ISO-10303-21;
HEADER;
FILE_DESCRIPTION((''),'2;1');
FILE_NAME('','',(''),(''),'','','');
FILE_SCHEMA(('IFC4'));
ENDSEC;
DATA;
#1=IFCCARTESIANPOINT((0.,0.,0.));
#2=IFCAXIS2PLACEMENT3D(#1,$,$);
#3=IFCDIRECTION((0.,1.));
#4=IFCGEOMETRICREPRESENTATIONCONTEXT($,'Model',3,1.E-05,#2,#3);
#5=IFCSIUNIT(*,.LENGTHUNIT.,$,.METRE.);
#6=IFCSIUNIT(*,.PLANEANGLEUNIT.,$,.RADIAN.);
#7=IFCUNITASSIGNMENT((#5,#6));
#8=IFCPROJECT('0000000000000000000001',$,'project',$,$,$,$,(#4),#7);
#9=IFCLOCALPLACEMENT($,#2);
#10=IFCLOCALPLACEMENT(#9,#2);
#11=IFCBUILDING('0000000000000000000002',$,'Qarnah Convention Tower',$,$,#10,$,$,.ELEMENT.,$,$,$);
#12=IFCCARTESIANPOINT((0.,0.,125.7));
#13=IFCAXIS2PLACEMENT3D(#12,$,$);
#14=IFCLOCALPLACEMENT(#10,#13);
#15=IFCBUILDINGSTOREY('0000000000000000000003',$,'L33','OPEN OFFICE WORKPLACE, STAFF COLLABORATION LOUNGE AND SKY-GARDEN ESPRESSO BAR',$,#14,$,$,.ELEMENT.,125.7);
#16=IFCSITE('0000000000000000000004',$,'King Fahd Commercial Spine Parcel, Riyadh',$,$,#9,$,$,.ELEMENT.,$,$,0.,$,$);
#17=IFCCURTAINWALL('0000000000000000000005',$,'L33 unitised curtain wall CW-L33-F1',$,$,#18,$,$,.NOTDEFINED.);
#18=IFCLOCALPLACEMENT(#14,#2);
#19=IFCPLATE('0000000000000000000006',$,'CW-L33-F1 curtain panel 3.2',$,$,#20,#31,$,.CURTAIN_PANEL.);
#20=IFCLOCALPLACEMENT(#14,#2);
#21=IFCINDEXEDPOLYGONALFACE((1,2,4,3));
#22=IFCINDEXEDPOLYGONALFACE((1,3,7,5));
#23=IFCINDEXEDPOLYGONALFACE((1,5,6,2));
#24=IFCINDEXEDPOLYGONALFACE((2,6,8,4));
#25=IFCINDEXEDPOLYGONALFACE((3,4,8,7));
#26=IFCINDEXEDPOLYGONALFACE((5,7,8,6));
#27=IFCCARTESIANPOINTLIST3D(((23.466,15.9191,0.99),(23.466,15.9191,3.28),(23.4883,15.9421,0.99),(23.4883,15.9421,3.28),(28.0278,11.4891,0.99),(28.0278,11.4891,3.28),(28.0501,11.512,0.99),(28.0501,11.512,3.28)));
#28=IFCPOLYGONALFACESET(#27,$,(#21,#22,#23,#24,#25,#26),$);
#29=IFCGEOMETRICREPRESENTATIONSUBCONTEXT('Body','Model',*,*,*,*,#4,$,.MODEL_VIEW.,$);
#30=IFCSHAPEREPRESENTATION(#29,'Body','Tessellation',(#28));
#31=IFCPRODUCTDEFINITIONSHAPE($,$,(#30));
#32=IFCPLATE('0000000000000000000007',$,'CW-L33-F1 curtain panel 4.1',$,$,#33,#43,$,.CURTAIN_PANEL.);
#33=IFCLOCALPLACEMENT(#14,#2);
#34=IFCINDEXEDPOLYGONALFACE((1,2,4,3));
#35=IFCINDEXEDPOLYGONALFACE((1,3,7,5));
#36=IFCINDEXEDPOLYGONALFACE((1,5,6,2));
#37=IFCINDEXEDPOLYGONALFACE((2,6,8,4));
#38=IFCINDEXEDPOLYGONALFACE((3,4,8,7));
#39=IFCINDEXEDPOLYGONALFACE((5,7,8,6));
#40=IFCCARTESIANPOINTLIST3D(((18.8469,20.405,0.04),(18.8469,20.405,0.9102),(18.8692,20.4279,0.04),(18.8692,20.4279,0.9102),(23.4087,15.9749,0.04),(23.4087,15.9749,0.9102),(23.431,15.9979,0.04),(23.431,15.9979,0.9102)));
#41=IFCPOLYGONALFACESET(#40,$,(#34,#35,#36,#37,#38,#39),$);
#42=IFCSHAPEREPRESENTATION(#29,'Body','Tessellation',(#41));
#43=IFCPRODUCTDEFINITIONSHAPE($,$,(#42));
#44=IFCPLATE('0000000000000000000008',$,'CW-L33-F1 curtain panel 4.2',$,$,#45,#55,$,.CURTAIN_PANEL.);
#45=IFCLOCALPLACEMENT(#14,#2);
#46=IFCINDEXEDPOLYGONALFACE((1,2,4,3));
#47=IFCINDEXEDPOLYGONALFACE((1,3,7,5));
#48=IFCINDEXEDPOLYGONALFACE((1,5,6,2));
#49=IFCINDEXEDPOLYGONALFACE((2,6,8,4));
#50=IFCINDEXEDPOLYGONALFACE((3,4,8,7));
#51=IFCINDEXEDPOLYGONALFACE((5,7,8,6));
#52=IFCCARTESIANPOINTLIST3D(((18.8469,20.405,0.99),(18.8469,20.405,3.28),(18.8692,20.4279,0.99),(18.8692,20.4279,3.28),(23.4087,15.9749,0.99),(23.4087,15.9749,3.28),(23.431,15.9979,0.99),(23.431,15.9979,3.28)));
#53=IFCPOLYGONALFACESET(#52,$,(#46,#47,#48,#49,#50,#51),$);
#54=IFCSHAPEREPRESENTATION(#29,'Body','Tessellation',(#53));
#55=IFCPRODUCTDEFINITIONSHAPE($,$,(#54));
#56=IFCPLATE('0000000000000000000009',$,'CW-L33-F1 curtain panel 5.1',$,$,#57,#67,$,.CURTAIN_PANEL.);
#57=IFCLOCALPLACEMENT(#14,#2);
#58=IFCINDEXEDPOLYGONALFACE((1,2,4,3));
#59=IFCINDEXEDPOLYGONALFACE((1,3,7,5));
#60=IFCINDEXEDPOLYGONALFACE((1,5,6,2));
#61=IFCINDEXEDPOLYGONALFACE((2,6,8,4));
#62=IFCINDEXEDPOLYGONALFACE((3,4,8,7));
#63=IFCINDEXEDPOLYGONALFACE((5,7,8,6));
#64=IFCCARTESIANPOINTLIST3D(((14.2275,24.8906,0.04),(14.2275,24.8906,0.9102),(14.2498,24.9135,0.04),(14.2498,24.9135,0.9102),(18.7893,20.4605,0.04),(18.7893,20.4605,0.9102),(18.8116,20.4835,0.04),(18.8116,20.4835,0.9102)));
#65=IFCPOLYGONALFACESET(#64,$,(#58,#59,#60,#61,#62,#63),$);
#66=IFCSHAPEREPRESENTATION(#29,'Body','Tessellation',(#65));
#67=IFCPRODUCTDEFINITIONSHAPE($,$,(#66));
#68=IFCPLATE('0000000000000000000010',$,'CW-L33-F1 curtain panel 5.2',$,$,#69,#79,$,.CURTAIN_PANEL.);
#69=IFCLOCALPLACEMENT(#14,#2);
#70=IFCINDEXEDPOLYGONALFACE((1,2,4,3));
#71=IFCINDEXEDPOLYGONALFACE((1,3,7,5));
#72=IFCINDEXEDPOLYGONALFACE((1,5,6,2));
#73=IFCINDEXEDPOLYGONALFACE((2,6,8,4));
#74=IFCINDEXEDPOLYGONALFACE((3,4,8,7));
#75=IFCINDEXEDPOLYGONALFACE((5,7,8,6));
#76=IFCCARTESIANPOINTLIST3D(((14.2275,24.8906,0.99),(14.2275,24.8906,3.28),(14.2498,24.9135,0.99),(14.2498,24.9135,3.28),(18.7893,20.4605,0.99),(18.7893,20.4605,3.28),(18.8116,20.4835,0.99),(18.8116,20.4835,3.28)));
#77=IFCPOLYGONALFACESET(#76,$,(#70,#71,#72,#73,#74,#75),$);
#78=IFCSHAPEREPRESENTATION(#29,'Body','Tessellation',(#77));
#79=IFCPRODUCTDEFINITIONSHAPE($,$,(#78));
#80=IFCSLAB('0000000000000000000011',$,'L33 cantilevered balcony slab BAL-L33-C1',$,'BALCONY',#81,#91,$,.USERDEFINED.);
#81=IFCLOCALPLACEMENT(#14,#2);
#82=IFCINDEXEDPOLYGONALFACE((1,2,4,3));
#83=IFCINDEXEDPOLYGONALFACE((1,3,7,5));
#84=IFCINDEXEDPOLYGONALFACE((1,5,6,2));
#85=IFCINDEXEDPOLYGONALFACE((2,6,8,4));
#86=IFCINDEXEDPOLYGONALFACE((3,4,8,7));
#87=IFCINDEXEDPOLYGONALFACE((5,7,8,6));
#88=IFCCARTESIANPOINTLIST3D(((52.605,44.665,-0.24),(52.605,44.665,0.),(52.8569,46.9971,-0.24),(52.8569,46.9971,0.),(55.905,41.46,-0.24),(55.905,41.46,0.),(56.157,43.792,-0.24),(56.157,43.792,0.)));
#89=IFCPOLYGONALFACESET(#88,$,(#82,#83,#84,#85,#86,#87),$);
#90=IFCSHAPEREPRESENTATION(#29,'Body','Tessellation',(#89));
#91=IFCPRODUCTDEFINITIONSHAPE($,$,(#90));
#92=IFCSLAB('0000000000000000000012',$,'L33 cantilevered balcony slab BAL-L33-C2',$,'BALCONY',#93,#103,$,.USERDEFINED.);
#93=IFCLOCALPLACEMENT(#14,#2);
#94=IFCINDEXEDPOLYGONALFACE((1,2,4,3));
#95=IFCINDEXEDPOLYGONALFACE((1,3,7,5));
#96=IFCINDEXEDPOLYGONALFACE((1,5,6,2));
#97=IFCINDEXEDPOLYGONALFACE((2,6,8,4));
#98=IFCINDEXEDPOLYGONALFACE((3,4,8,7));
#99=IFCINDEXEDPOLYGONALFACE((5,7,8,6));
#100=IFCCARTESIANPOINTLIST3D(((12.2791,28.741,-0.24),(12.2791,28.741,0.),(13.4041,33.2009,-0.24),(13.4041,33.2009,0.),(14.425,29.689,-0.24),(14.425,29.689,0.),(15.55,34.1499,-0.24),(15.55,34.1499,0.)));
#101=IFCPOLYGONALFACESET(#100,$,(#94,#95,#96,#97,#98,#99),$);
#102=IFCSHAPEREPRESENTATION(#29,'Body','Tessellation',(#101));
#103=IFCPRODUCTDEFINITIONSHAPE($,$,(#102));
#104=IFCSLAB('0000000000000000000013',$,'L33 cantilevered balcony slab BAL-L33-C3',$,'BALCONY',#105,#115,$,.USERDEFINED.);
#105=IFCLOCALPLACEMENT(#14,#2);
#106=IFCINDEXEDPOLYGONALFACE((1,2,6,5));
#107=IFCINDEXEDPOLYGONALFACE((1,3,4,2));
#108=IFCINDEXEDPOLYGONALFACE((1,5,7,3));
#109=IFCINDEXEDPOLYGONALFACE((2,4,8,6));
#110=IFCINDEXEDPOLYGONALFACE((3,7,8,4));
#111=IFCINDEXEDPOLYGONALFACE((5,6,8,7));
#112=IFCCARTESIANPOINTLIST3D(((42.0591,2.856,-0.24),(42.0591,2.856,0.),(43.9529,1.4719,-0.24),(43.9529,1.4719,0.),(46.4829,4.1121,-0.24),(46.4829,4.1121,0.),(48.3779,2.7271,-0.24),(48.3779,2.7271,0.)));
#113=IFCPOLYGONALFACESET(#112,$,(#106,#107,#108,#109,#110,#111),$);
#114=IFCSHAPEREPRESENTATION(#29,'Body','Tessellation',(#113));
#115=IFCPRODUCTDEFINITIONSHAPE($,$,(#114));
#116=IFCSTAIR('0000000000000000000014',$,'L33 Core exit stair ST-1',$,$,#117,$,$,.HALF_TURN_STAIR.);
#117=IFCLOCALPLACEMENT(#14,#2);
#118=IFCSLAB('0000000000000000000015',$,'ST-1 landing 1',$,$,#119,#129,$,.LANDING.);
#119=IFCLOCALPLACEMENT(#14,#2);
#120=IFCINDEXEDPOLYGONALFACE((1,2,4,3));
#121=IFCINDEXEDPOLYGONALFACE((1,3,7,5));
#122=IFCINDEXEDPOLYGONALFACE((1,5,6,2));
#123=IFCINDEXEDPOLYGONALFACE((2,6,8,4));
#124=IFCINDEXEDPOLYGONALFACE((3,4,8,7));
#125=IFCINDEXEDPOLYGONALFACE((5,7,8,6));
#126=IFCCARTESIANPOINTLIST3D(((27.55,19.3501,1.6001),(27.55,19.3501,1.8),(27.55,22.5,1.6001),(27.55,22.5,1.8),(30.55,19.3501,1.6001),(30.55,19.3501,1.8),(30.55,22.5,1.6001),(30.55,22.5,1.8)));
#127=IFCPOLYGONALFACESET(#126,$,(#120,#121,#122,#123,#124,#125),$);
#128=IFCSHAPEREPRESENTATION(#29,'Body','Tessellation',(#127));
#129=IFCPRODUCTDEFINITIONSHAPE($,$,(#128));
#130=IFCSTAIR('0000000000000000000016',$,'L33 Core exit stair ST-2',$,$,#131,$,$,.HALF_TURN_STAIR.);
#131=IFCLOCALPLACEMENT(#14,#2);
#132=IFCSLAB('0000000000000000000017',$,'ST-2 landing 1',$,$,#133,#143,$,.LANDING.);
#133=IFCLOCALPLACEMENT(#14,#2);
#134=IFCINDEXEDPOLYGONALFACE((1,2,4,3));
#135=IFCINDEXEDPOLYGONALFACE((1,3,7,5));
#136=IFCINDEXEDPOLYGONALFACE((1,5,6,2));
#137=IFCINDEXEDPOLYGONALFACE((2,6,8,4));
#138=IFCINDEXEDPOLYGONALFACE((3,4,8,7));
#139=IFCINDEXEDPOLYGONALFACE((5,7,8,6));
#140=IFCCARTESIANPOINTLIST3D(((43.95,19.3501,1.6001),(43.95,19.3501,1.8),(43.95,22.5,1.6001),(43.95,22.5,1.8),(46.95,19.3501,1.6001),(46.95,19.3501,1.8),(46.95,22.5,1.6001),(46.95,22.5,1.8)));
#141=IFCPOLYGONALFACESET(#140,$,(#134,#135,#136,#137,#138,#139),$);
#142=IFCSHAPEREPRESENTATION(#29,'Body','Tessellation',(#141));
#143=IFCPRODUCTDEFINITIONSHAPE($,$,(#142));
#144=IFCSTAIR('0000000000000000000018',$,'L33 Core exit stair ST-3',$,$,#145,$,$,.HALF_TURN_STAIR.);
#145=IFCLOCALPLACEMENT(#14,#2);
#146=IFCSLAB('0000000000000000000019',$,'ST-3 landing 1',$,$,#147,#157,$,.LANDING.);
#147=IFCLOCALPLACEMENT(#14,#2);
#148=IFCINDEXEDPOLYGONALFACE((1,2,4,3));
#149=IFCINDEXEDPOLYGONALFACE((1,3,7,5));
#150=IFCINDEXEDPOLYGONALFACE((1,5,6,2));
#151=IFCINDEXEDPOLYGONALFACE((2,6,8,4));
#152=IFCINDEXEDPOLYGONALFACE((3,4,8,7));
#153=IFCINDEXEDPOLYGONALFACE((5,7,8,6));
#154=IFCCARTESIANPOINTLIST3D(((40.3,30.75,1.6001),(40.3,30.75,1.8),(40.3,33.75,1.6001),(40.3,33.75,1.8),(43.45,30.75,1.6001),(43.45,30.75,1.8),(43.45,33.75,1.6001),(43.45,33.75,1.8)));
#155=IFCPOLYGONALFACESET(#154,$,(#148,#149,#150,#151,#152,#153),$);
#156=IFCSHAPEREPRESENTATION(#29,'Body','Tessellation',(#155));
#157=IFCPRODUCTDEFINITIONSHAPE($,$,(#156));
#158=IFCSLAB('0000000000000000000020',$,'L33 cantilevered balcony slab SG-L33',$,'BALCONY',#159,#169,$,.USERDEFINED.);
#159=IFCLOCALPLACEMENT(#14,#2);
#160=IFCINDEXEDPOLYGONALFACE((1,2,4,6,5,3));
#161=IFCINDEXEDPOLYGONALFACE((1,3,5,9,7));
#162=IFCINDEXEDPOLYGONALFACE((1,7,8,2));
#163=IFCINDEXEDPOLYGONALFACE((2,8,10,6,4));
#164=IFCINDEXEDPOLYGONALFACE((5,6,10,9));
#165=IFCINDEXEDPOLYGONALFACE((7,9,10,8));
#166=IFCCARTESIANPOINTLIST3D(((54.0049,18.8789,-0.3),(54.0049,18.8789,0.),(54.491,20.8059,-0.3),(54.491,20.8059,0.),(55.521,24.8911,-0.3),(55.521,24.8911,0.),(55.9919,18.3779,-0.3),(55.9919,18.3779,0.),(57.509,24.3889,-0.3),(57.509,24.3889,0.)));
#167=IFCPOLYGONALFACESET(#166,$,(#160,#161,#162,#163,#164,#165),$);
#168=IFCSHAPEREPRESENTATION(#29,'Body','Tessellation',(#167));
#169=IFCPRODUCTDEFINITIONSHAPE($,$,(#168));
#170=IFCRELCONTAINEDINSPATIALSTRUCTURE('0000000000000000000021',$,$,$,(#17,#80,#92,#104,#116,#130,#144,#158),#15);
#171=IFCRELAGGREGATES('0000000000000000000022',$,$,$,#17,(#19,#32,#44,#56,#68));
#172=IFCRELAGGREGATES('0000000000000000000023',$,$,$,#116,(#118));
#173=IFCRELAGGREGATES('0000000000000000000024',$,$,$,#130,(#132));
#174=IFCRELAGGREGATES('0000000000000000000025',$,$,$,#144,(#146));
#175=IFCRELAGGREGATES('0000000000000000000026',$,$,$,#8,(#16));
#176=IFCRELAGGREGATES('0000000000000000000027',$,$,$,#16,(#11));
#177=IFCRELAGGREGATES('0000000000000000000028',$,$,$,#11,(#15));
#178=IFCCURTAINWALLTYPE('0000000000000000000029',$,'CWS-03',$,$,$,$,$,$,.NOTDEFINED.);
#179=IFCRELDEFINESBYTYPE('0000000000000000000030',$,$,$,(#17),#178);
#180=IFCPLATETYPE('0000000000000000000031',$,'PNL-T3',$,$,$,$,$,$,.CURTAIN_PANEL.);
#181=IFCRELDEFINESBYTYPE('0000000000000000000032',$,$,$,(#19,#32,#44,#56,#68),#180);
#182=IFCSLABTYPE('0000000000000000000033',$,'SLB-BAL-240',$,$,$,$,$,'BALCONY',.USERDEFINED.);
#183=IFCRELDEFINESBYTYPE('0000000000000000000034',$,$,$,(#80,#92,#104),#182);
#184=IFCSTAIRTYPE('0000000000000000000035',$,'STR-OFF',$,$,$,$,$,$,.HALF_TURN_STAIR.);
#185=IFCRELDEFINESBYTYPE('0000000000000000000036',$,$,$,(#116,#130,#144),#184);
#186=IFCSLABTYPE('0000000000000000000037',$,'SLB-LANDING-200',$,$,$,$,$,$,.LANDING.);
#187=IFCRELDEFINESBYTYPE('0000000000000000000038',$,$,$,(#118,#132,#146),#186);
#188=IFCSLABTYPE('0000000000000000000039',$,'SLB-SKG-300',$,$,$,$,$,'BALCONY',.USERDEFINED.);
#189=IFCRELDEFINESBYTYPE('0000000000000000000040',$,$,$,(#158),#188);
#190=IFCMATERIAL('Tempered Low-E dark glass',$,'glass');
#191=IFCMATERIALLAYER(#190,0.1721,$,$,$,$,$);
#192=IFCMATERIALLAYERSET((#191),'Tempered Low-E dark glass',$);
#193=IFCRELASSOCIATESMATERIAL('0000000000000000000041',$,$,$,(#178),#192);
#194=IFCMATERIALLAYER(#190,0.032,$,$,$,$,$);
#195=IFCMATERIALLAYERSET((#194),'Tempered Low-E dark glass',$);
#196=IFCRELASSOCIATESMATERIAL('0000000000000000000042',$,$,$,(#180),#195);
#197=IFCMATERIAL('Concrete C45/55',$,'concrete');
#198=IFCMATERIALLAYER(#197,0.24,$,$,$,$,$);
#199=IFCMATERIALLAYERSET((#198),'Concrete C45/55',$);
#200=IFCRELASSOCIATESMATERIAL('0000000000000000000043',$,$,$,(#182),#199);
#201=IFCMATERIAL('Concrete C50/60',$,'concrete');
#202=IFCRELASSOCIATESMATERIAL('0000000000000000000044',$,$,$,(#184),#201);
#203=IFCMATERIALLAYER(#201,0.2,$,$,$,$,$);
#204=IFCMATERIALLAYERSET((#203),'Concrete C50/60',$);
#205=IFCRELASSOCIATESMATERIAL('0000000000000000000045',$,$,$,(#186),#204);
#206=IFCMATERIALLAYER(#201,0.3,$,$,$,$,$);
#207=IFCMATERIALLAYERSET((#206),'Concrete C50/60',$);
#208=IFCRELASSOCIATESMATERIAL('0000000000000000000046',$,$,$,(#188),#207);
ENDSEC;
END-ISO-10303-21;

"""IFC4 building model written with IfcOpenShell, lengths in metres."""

from ifc_helpers import new_model, si_unit, direction, frame, origin, origin_2d, place, context, subcontext, project, spatial, polyline, rectangle, outline, extrude, material, layer, layer_set, type_object, element, aggregate, save


model = new_model("IFC4")

# Units and contexts
model_context = context("Model", 3, precision=1e-05, world=origin(), true_north=direction((0.0, 1.0)))
body_context = subcontext(model_context, "Body", "Model", "MODEL_VIEW")
ifc_project = project(units=[si_unit("LENGTHUNIT", "METRE"), si_unit("PLANEANGLEUNIT", "RADIAN")], contexts=[model_context])

# Site, building, storey
site_placement = place(None, origin())
site = spatial("IfcSite", under=ifc_project, at=site_placement, Name="King Fahd Commercial Spine Parcel, Riyadh", CompositionType="ELEMENT", RefElevation=0.0)
building_placement = place(site_placement, origin())
building = spatial("IfcBuilding", under=site, at=building_placement, Name="Qarnah Convention Tower", CompositionType="ELEMENT")
storey_placement = place(building_placement, frame((0.0, 0.0, 125.7)))
storey = spatial("IfcBuildingStorey", under=building, at=storey_placement, Name="L33", Description="OPEN OFFICE WORKPLACE, STAFF COLLABORATION LOUNGE AND SKY-GARDEN ESPRESSO BAR", CompositionType="ELEMENT", Elevation=125.7)

# Curtain wall, plates
ifc_material_1 = material(Name="Tempered Low-E dark glass", Category="glass")
ifc_layer_1 = layer(ifc_material_1, 0.1721)
ifc_layer_set_1 = layer_set([ifc_layer_1], Name="Tempered Low-E dark glass")
curtain_wall_type = type_object("IfcCurtainWallType", Name="CWS-03", PredefinedType="NOTDEFINED", material=ifc_layer_set_1)
curtain_wall_placement = place(storey_placement, origin())
curtain_wall = element("IfcCurtainWall", 1, at=curtain_wall_placement, inside=storey, type_object=curtain_wall_type, Name="L33 unitised curtain wall CW-L33-F1", PredefinedType="NOTDEFINED")
ifc_layer_2 = layer(ifc_material_1, 0.032)
ifc_layer_set_2 = layer_set([ifc_layer_2], Name="Tempered Low-E dark glass")
plate_type = type_object("IfcPlateType", Name="PNL-T3", PredefinedType="CURTAIN_PANEL", material=ifc_layer_set_2)
plate_1_placement = place(storey_placement, frame((25.7581, 13.7156, 0.99), z_axis=(0.0, 0.0, 1.0), x_axis=(-0.71739, 0.696672, 0.0)))
plate_1 = element("IfcPlate", 2, at=plate_1_placement, type_object=plate_type, Name="CW-L33-F1 curtain panel 3.2", PredefinedType="CURTAIN_PANEL", context=body_context, shape_type="SweptSolid", body=[
    extrude(rectangle(XDim=6.3589, YDim=0.032, at=origin_2d()), origin(), (0.0, 0.0, 1.0), 2.29),
])
plate_2_placement = place(storey_placement, frame((21.1389, 18.2014, 0.04), z_axis=(0.0, 0.0, 1.0), x_axis=(-0.71739, 0.696672, 0.0)))
plate_2 = element("IfcPlate", 3, at=plate_2_placement, type_object=plate_type, Name="CW-L33-F1 curtain panel 4.1", PredefinedType="CURTAIN_PANEL", context=body_context, shape_type="SweptSolid", body=[
    extrude(rectangle(XDim=6.3589, YDim=0.032, at=origin_2d()), origin(), (0.0, 0.0, 1.0), 0.8701),
])
plate_3_placement = place(storey_placement, frame((21.1389, 18.2014, 0.99), z_axis=(0.0, 0.0, 1.0), x_axis=(-0.71739, 0.696672, 0.0)))
plate_3 = element("IfcPlate", 4, at=plate_3_placement, type_object=plate_type, Name="CW-L33-F1 curtain panel 4.2", PredefinedType="CURTAIN_PANEL", context=body_context, shape_type="SweptSolid", body=[
    extrude(rectangle(XDim=6.3589, YDim=0.032, at=origin_2d()), origin(), (0.0, 0.0, 1.0), 2.29),
])
plate_4_placement = place(storey_placement, frame((16.5195, 22.687, 0.04), z_axis=(0.0, 0.0, 1.0), x_axis=(-0.71739, 0.696672, 0.0)))
plate_4 = element("IfcPlate", 5, at=plate_4_placement, type_object=plate_type, Name="CW-L33-F1 curtain panel 5.1", PredefinedType="CURTAIN_PANEL", context=body_context, shape_type="SweptSolid", body=[
    extrude(rectangle(XDim=6.3589, YDim=0.032, at=origin_2d()), origin(), (0.0, 0.0, 1.0), 0.8701),
])
plate_5_placement = place(storey_placement, frame((16.5195, 22.687, 0.99), z_axis=(0.0, 0.0, 1.0), x_axis=(-0.71739, 0.696672, 0.0)))
plate_5 = element("IfcPlate", 6, at=plate_5_placement, type_object=plate_type, Name="CW-L33-F1 curtain panel 5.2", PredefinedType="CURTAIN_PANEL", context=body_context, shape_type="SweptSolid", body=[
    extrude(rectangle(XDim=6.3589, YDim=0.032, at=origin_2d()), origin(), (0.0, 0.0, 1.0), 2.29),
])
aggregate(curtain_wall, [plate_1, plate_2, plate_3, plate_4, plate_5])

# Slabs
ifc_material_2 = material(Name="Concrete C45/55", Category="concrete")
ifc_layer_3 = layer(ifc_material_2, 0.24)
ifc_layer_set_3 = layer_set([ifc_layer_3], Name="Concrete C45/55")
slab_type_1 = type_object("IfcSlabType", Name="SLB-BAL-240", ElementType="BALCONY", PredefinedType="USERDEFINED", material=ifc_layer_set_3)
slab_1_placement = place(storey_placement, frame((0.0, 0.0, -0.24)))
element("IfcSlab", 7, at=slab_1_placement, inside=storey, type_object=slab_type_1, Name="L33 cantilevered balcony slab BAL-L33-C1", ObjectType="BALCONY", PredefinedType="USERDEFINED", context=body_context, shape_type="SweptSolid", body=[
    extrude(outline(polyline([(52.8569, 46.9971), (56.157, 43.792), (55.905, 41.46), (52.605, 44.665), (52.8569, 46.9971)])), origin(), (0.0, 0.0, 1.0), 0.24),
])
slab_2_placement = place(storey_placement, frame((0.0, 0.0, -0.24)))
element("IfcSlab", 8, at=slab_2_placement, inside=storey, type_object=slab_type_1, Name="L33 cantilevered balcony slab BAL-L33-C2", ObjectType="BALCONY", PredefinedType="USERDEFINED", context=body_context, shape_type="SweptSolid", body=[
    extrude(outline(polyline([(12.2791, 28.741), (13.4041, 33.2009), (15.55, 34.1499), (14.425, 29.689), (12.2791, 28.741)])), origin(), (0.0, 0.0, 1.0), 0.24),
])
slab_3_placement = place(storey_placement, frame((0.0, 0.0, -0.24)))
element("IfcSlab", 9, at=slab_3_placement, inside=storey, type_object=slab_type_1, Name="L33 cantilevered balcony slab BAL-L33-C3", ObjectType="BALCONY", PredefinedType="USERDEFINED", context=body_context, shape_type="SweptSolid", body=[
    extrude(outline(polyline([(48.3779, 2.7271), (43.9529, 1.4719), (42.0591, 2.856), (46.4829, 4.1121), (48.3779, 2.7271)])), origin(), (0.0, 0.0, 1.0), 0.24),
])

# Stairs, slabs
ifc_material_3 = material(Name="Concrete C50/60", Category="concrete")
stair_type = type_object("IfcStairType", Name="STR-OFF", PredefinedType="HALF_TURN_STAIR", material=ifc_material_3)
stair_1_placement = place(storey_placement, origin())
stair_1 = element("IfcStair", 10, at=stair_1_placement, inside=storey, type_object=stair_type, Name="L33 Core exit stair ST-1", PredefinedType="HALF_TURN_STAIR")
ifc_layer_4 = layer(ifc_material_3, 0.2)
ifc_layer_set_4 = layer_set([ifc_layer_4], Name="Concrete C50/60")
slab_type_2 = type_object("IfcSlabType", Name="SLB-LANDING-200", PredefinedType="LANDING", material=ifc_layer_set_4)
slab_4_placement = place(storey_placement, frame((0.0, 0.0, 1.6001)))
slab_4 = element("IfcSlab", 11, at=slab_4_placement, type_object=slab_type_2, Name="ST-1 landing 1", PredefinedType="LANDING", context=body_context, shape_type="SweptSolid", body=[
    extrude(outline(polyline([(27.55, 22.5), (27.55, 19.3501), (30.55, 19.3501), (30.55, 22.5), (27.55, 22.5)])), origin(), (0.0, 0.0, 1.0), 0.2),
])
aggregate(stair_1, [slab_4])
stair_2_placement = place(storey_placement, origin())
stair_2 = element("IfcStair", 12, at=stair_2_placement, inside=storey, type_object=stair_type, Name="L33 Core exit stair ST-2", PredefinedType="HALF_TURN_STAIR")
slab_5_placement = place(storey_placement, frame((0.0, 0.0, 1.6001)))
slab_5 = element("IfcSlab", 13, at=slab_5_placement, type_object=slab_type_2, Name="ST-2 landing 1", PredefinedType="LANDING", context=body_context, shape_type="SweptSolid", body=[
    extrude(outline(polyline([(43.95, 22.5), (43.95, 19.3501), (46.95, 19.3501), (46.95, 22.5), (43.95, 22.5)])), origin(), (0.0, 0.0, 1.0), 0.2),
])
aggregate(stair_2, [slab_5])
stair_3_placement = place(storey_placement, origin())
stair_3 = element("IfcStair", 14, at=stair_3_placement, inside=storey, type_object=stair_type, Name="L33 Core exit stair ST-3", PredefinedType="HALF_TURN_STAIR")
slab_6_placement = place(storey_placement, frame((0.0, 0.0, 1.6001)))
slab_6 = element("IfcSlab", 15, at=slab_6_placement, type_object=slab_type_2, Name="ST-3 landing 1", PredefinedType="LANDING", context=body_context, shape_type="SweptSolid", body=[
    extrude(outline(polyline([(40.3, 30.75), (43.45, 30.75), (43.45, 33.75), (40.3, 33.75), (40.3, 30.75)])), origin(), (0.0, 0.0, 1.0), 0.2),
])
aggregate(stair_3, [slab_6])

# Slab
ifc_layer_5 = layer(ifc_material_3, 0.3)
ifc_layer_set_5 = layer_set([ifc_layer_5], Name="Concrete C50/60")
slab_type_3 = type_object("IfcSlabType", Name="SLB-SKG-300", ElementType="BALCONY", PredefinedType="USERDEFINED", material=ifc_layer_set_5)
slab_7_placement = place(storey_placement, frame((0.0, 0.0, -0.3)))
element("IfcSlab", 16, at=slab_7_placement, inside=storey, type_object=slab_type_3, Name="L33 cantilevered balcony slab SG-L33", ObjectType="BALCONY", PredefinedType="USERDEFINED", context=body_context, shape_type="SweptSolid", body=[
    extrude(outline(polyline([(54.491, 20.8059), (55.521, 24.8911), (57.509, 24.3889), (55.9919, 18.3779), (54.0049, 18.8789), (54.491, 20.8059)])), origin(), (0.0, 0.0, 1.0), 0.3),
])

save(model, "model.ifc")
